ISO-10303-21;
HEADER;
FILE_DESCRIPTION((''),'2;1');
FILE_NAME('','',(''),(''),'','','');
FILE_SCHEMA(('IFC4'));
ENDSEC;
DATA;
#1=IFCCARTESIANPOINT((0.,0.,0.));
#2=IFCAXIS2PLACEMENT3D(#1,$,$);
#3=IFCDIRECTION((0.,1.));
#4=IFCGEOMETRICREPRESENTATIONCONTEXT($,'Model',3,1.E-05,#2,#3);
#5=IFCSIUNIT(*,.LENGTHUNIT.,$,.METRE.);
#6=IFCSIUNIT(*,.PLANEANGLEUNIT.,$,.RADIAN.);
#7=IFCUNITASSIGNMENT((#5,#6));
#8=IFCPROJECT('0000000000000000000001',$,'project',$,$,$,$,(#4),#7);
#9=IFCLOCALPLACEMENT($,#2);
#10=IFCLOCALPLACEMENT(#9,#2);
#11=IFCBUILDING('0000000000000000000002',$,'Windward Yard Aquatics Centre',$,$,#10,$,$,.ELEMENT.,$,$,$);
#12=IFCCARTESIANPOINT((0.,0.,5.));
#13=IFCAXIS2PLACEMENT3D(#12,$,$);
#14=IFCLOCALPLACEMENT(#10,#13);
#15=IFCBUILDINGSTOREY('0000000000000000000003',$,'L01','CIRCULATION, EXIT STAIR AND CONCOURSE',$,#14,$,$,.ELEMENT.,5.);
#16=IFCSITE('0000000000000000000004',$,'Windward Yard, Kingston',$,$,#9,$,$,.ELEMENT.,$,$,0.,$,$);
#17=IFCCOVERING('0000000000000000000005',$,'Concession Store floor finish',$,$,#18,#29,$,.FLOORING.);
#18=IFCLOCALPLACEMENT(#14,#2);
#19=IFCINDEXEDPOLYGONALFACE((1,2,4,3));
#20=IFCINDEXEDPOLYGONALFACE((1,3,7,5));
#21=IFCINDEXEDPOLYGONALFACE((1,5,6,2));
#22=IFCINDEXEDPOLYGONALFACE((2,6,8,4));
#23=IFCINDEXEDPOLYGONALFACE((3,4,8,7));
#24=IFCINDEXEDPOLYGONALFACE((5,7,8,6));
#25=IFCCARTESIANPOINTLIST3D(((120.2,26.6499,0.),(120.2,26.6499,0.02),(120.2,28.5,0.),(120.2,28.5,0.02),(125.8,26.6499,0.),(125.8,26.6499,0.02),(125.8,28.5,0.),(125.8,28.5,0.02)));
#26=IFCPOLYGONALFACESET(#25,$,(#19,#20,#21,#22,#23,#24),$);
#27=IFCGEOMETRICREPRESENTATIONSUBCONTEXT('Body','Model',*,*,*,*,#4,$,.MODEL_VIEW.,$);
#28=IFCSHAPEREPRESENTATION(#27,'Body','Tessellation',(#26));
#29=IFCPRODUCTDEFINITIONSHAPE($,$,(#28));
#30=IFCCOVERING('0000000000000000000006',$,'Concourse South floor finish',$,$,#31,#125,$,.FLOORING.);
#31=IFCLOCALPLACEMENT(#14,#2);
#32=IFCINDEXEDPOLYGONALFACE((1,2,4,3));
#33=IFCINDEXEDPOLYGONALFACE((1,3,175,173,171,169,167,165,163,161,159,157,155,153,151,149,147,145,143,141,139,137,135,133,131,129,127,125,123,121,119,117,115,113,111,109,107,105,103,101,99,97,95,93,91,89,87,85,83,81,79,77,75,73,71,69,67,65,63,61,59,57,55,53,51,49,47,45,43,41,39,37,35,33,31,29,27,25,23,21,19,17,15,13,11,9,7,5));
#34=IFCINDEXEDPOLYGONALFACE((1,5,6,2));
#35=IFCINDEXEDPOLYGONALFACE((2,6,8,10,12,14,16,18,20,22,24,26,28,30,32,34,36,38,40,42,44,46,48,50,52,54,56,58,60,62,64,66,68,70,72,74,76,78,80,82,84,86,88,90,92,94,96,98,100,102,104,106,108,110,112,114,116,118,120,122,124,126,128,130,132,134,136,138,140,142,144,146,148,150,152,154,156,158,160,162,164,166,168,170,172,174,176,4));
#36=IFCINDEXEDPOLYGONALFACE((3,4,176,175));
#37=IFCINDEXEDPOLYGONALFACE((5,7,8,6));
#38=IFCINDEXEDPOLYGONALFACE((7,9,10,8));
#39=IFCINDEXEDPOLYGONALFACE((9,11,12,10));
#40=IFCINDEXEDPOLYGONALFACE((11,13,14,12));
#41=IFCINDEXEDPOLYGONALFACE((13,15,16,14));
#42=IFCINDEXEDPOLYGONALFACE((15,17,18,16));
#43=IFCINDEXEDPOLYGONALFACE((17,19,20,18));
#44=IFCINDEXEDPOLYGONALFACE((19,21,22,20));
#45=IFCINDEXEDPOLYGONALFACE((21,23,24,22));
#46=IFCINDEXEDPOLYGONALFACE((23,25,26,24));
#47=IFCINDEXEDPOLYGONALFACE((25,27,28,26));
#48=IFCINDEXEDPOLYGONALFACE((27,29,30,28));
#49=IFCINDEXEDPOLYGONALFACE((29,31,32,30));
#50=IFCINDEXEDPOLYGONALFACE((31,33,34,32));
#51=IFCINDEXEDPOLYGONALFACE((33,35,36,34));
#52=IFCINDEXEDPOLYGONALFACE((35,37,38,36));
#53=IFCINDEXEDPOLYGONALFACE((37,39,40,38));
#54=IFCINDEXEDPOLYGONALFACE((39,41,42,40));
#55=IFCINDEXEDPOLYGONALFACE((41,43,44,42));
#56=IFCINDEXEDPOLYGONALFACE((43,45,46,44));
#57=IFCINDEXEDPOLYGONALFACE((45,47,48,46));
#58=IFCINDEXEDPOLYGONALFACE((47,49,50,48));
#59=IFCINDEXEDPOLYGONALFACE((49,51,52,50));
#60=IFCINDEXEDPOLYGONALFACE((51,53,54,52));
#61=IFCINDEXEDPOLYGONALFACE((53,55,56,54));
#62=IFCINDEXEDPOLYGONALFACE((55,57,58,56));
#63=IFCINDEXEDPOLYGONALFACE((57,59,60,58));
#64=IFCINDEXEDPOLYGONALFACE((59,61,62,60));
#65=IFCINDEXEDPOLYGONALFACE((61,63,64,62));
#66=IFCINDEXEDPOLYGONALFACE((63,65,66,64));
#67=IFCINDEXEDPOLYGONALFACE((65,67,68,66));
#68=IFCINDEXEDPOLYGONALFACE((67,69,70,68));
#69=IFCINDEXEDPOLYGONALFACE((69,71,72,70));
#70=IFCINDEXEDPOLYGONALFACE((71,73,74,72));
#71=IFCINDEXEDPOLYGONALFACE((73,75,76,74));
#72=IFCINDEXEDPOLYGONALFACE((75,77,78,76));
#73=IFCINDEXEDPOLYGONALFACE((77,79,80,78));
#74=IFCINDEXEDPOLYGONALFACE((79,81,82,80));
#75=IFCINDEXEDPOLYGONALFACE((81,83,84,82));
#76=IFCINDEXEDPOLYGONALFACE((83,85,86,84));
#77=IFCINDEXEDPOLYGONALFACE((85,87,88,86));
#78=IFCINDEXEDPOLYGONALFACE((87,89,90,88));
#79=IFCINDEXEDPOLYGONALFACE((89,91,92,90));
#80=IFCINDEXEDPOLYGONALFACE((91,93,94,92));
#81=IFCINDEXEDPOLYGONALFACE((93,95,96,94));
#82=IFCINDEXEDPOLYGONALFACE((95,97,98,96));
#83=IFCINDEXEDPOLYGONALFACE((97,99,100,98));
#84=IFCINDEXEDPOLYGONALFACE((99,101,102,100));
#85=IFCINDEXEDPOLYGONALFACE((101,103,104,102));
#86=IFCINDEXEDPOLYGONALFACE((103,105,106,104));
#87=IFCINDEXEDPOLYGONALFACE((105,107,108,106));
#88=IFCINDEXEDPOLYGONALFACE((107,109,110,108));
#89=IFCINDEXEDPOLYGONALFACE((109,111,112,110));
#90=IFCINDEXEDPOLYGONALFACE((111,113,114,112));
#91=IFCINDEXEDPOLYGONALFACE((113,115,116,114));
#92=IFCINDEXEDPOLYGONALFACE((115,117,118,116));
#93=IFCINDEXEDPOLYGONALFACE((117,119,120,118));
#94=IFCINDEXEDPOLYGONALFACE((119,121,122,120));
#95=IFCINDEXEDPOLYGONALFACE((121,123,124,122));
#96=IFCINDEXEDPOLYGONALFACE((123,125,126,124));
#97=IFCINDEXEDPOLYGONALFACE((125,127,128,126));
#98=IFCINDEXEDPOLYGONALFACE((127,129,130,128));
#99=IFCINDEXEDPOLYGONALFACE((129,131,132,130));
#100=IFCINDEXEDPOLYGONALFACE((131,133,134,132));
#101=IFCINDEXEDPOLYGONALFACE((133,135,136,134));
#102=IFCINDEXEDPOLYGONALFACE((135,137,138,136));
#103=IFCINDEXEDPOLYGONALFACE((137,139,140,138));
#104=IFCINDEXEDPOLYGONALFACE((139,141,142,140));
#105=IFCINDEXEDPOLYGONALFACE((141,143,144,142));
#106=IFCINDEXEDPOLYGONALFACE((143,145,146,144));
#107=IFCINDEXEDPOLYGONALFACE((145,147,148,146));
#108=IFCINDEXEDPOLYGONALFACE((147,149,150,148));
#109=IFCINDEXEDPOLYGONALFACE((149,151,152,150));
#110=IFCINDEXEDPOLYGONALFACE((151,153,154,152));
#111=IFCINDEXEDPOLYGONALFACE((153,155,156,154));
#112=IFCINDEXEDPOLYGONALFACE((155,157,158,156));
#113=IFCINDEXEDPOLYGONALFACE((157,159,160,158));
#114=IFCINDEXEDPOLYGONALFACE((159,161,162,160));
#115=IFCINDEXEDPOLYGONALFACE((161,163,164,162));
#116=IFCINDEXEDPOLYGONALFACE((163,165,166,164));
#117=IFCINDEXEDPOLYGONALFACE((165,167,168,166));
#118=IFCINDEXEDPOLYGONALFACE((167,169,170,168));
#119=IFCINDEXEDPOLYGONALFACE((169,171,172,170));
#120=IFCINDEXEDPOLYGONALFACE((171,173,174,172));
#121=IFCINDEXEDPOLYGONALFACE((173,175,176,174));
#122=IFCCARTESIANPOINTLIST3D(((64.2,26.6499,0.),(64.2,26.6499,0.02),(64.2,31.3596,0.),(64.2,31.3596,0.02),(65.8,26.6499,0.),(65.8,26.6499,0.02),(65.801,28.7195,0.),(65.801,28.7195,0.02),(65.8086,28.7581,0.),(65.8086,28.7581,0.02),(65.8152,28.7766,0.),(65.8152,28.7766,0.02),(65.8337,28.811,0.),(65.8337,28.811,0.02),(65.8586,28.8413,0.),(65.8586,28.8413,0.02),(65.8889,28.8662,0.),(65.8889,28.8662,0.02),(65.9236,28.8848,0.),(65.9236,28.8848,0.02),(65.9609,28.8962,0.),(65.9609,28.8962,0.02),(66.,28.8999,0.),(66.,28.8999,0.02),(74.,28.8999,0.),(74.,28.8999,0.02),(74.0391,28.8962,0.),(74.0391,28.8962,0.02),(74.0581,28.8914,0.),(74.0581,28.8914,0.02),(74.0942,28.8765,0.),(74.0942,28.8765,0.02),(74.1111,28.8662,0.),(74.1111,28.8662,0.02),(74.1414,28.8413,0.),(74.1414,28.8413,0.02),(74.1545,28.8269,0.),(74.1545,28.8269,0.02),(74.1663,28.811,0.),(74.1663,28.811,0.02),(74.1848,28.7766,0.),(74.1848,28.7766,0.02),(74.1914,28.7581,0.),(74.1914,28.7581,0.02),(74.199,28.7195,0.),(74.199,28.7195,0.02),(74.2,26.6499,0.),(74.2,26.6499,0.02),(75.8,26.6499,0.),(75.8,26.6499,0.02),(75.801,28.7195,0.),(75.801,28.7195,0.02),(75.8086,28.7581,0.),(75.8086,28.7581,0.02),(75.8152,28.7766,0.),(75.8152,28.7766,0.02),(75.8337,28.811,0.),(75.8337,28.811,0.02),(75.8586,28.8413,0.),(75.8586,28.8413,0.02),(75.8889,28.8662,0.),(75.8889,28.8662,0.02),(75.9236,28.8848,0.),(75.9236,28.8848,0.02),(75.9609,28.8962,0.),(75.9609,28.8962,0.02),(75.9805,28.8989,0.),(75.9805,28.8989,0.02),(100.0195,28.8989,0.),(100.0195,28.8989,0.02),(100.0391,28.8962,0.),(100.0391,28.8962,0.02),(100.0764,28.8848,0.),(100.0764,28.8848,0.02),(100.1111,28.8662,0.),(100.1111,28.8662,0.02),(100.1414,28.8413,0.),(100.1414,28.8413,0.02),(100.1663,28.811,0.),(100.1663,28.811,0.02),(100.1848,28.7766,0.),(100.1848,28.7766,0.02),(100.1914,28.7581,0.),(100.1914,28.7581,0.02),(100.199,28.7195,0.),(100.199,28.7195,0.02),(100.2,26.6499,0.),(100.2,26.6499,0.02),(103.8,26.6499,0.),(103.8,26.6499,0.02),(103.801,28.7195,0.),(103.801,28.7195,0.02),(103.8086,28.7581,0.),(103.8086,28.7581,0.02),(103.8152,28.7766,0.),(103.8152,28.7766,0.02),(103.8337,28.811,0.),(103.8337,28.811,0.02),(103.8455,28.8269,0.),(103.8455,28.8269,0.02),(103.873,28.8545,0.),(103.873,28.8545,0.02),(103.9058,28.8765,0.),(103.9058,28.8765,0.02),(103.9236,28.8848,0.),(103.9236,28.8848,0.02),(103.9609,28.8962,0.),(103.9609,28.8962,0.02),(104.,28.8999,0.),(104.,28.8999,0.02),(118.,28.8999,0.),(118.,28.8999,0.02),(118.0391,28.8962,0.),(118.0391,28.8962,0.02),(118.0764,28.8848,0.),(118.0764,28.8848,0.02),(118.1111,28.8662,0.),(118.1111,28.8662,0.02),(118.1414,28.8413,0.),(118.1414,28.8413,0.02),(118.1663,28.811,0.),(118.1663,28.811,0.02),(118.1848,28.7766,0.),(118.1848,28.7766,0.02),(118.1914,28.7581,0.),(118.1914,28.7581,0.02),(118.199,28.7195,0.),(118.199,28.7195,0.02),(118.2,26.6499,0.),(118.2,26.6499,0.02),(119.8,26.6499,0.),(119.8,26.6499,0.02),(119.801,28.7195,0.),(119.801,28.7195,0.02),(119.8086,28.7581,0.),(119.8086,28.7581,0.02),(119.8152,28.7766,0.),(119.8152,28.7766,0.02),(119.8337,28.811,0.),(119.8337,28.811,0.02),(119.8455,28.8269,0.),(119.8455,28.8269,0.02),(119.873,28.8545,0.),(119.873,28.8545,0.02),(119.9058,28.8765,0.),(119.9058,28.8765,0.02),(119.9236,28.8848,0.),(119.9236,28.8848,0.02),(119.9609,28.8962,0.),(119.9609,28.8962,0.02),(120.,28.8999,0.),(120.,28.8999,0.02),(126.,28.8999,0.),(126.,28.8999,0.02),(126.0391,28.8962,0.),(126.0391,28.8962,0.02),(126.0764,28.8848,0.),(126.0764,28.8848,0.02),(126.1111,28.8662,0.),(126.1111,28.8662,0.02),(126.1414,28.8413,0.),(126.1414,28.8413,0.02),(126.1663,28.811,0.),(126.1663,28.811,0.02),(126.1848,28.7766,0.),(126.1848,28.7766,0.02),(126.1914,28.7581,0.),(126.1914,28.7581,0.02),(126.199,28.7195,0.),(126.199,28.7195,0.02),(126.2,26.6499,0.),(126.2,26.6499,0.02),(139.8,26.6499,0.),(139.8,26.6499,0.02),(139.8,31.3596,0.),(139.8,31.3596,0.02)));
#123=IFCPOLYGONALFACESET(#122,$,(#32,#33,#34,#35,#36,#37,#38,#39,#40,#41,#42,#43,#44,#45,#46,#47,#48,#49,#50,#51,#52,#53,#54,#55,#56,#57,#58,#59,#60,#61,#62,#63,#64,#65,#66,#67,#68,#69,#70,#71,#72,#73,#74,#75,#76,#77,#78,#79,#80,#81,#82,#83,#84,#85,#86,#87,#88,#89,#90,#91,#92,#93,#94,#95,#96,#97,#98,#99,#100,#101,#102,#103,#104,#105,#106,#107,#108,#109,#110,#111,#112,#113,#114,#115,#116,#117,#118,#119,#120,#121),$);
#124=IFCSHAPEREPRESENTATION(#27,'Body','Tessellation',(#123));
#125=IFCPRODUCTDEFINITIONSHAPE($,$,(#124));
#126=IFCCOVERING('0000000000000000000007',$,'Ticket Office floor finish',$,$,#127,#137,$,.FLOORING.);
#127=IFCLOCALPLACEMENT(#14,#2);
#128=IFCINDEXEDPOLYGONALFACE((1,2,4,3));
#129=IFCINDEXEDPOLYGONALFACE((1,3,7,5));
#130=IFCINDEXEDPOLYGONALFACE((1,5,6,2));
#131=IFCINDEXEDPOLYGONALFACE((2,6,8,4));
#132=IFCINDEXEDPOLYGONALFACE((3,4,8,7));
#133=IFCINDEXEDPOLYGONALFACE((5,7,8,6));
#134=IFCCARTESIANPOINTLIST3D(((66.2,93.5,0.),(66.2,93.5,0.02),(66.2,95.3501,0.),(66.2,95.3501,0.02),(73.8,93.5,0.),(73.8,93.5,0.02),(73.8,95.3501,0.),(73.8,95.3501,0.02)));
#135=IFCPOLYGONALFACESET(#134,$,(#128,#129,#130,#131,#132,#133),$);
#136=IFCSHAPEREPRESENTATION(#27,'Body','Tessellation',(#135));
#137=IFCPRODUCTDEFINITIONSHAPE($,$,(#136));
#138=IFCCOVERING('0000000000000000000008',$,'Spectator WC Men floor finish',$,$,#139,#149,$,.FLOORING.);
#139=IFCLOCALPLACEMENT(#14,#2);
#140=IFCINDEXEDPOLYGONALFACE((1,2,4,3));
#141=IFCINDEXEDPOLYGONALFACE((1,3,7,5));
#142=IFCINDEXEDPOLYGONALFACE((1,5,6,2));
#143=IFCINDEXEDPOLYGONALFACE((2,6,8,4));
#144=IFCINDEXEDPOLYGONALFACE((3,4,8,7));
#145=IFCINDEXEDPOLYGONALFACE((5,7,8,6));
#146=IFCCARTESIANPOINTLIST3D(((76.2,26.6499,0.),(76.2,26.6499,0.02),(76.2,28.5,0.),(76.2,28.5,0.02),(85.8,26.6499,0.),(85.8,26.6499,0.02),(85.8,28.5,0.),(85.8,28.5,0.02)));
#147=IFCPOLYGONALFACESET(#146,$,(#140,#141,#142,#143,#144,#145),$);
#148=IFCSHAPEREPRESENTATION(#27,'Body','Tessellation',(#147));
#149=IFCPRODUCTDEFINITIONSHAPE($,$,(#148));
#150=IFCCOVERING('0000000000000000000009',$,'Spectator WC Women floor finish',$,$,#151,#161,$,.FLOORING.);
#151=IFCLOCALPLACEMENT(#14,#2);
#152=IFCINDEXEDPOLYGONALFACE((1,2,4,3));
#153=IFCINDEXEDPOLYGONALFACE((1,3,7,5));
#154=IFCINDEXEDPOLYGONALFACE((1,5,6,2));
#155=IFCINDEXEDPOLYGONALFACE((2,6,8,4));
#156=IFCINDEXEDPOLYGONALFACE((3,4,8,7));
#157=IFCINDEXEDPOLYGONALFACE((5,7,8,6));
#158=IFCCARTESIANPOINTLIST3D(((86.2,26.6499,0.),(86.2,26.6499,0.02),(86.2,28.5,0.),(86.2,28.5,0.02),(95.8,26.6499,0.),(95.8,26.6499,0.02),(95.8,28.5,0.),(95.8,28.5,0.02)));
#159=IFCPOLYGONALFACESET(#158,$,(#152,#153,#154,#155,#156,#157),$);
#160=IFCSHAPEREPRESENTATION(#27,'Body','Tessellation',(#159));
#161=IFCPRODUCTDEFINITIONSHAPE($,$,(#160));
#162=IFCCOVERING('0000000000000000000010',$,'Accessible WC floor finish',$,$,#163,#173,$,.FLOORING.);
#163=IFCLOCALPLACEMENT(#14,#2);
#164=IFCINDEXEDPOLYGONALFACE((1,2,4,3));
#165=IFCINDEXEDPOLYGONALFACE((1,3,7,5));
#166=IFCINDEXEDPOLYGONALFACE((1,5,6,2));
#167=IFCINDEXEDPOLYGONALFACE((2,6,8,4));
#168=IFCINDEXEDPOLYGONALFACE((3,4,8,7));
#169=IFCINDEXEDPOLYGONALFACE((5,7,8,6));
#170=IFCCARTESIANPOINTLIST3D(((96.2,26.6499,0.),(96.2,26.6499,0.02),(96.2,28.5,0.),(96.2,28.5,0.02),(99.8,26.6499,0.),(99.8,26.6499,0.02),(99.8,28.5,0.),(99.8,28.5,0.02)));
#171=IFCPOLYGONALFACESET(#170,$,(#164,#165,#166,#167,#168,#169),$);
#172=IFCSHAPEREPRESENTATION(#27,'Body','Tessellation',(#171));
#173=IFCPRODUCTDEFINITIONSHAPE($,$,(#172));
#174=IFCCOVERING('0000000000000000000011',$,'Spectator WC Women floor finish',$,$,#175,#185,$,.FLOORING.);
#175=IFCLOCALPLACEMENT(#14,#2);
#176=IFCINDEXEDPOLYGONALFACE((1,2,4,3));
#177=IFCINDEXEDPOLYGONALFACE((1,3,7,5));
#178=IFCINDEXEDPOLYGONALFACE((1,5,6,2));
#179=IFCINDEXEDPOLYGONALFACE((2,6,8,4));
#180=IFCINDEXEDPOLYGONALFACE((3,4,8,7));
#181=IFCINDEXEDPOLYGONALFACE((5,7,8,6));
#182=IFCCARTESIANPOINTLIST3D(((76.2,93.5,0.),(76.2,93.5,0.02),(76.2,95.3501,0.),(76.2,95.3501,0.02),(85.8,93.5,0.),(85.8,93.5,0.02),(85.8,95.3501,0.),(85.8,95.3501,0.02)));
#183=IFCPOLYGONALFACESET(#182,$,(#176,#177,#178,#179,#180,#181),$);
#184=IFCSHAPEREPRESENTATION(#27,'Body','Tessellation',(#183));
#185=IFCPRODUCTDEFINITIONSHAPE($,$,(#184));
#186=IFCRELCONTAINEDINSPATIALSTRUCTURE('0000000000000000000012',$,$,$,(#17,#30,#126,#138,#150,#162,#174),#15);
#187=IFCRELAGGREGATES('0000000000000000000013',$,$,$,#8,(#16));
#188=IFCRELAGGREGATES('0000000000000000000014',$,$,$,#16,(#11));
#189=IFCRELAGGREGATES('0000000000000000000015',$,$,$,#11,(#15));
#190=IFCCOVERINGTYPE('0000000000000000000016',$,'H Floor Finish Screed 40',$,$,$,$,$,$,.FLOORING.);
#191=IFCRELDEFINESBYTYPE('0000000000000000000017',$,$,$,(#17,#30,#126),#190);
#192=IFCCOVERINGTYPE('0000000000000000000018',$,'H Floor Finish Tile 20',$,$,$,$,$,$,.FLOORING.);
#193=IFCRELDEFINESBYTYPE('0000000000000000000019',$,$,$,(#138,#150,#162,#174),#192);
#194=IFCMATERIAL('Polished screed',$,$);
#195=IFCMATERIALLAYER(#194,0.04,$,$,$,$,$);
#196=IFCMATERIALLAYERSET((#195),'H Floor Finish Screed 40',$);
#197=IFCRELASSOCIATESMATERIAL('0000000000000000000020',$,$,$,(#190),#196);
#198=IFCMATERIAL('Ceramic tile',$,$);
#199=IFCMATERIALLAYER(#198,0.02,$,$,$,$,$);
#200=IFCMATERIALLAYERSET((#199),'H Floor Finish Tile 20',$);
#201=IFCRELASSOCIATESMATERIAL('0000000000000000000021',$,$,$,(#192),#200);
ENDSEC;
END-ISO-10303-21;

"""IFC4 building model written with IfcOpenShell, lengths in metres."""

from ifc_helpers import new_model, si_unit, direction, frame, origin, place, context, subcontext, project, spatial, polyline, outline, extrude, material, layer, layer_set, type_object, element, save


model = new_model("IFC4")

# Units and contexts
model_context = context("Model", 3, precision=1e-05, world=origin(), true_north=direction((0.0, 1.0)))
body_context = subcontext(model_context, "Body", "Model", "MODEL_VIEW")
ifc_project = project(units=[si_unit("LENGTHUNIT", "METRE"), si_unit("PLANEANGLEUNIT", "RADIAN")], contexts=[model_context])

# Site, building, storey
site_placement = place(None, origin())
site = spatial("IfcSite", under=ifc_project, at=site_placement, Name="Windward Yard, Kingston", CompositionType="ELEMENT", RefElevation=0.0)
building_placement = place(site_placement, origin())
building = spatial("IfcBuilding", under=site, at=building_placement, Name="Windward Yard Aquatics Centre", CompositionType="ELEMENT")
storey_placement = place(building_placement, frame((0.0, 0.0, 5.0)))
storey = spatial("IfcBuildingStorey", under=building, at=storey_placement, Name="L01", Description="CIRCULATION, EXIT STAIR AND CONCOURSE", CompositionType="ELEMENT", Elevation=5.0)

# Coverings
ifc_material_1 = material(Name="Polished screed")
ifc_layer_1 = layer(ifc_material_1, 0.04)
ifc_layer_set_1 = layer_set([ifc_layer_1], Name="H Floor Finish Screed 40")
covering_type_1 = type_object("IfcCoveringType", Name="H Floor Finish Screed 40", PredefinedType="FLOORING", material=ifc_layer_set_1)
covering_1_placement = place(storey_placement, origin())
element("IfcCovering", 1, at=covering_1_placement, inside=storey, type_object=covering_type_1, Name="Concession Store floor finish", PredefinedType="FLOORING", context=body_context, shape_type="SweptSolid", body=[
    extrude(outline(polyline([(120.2, 26.6499), (120.2, 28.5), (125.8, 28.5), (125.8, 26.6499), (120.2, 26.6499)])), origin(), (0.0, 0.0, 1.0), 0.02),
])
covering_2_placement = place(storey_placement, origin())
element("IfcCovering", 2, at=covering_2_placement, inside=storey, type_object=covering_type_1, Name="Concourse South floor finish", PredefinedType="FLOORING", context=body_context, shape_type="SweptSolid", body=[
    extrude(outline(polyline([(64.2, 26.6499), (64.2, 31.3596), (139.8, 31.3596), (139.8, 26.6499), (126.2, 26.6499), (126.199, 28.7195), (126.1914, 28.7581), (126.1848, 28.7766), (126.1663, 28.811), (126.1414, 28.8413), (126.1111, 28.8662), (126.0764, 28.8848), (126.0391, 28.8962), (126.0, 28.8999), (120.0, 28.8999), (119.9609, 28.8962), (119.9236, 28.8848), (119.9058, 28.8765), (119.873, 28.8545), (119.8455, 28.8269), (119.8337, 28.811), (119.8152, 28.7766), (119.8086, 28.7581), (119.801, 28.7195), (119.8, 26.6499), (118.2, 26.6499), (118.199, 28.7195), (118.1914, 28.7581), (118.1848, 28.7766), (118.1663, 28.811), (118.1414, 28.8413), (118.1111, 28.8662), (118.0764, 28.8848), (118.0391, 28.8962), (118.0, 28.8999), (104.0, 28.8999), (103.9609, 28.8962), (103.9236, 28.8848), (103.9058, 28.8765), (103.873, 28.8545), (103.8455, 28.8269), (103.8337, 28.811), (103.8152, 28.7766), (103.8086, 28.7581), (103.801, 28.7195), (103.8, 26.6499), (100.2, 26.6499), (100.199, 28.7195), (100.1914, 28.7581), (100.1848, 28.7766), (100.1663, 28.811), (100.1414, 28.8413), (100.1111, 28.8662), (100.0764, 28.8848), (100.0391, 28.8962), (100.0195, 28.8989), (75.9805, 28.8989), (75.9609, 28.8962), (75.9236, 28.8848), (75.8889, 28.8662), (75.8586, 28.8413), (75.8337, 28.811), (75.8152, 28.7766), (75.8086, 28.7581), (75.801, 28.7195), (75.8, 26.6499), (74.2, 26.6499), (74.199, 28.7195), (74.1914, 28.7581), (74.1848, 28.7766), (74.1663, 28.811), (74.1545, 28.8269), (74.1414, 28.8413), (74.1111, 28.8662), (74.0942, 28.8765), (74.0581, 28.8914), (74.0391, 28.8962), (74.0, 28.8999), (66.0, 28.8999), (65.9609, 28.8962), (65.9236, 28.8848), (65.8889, 28.8662), (65.8586, 28.8413), (65.8337, 28.811), (65.8152, 28.7766), (65.8086, 28.7581), (65.801, 28.7195), (65.8, 26.6499), (64.2, 26.6499)])), origin(), (0.0, 0.0, 1.0), 0.02),
])
covering_3_placement = place(storey_placement, origin())
element("IfcCovering", 3, at=covering_3_placement, inside=storey, type_object=covering_type_1, Name="Ticket Office floor finish", PredefinedType="FLOORING", context=body_context, shape_type="SweptSolid", body=[
    extrude(outline(polyline([(66.2, 93.5), (66.2, 95.3501), (73.8, 95.3501), (73.8, 93.5), (66.2, 93.5)])), origin(), (0.0, 0.0, 1.0), 0.02),
])
ifc_material_2 = material(Name="Ceramic tile")
ifc_layer_2 = layer(ifc_material_2, 0.02)
ifc_layer_set_2 = layer_set([ifc_layer_2], Name="H Floor Finish Tile 20")
covering_type_2 = type_object("IfcCoveringType", Name="H Floor Finish Tile 20", PredefinedType="FLOORING", material=ifc_layer_set_2)
covering_4_placement = place(storey_placement, origin())
element("IfcCovering", 4, at=covering_4_placement, inside=storey, type_object=covering_type_2, Name="Spectator WC Men floor finish", PredefinedType="FLOORING", context=body_context, shape_type="SweptSolid", body=[
    extrude(outline(polyline([(76.2, 26.6499), (76.2, 28.5), (85.8, 28.5), (85.8, 26.6499), (76.2, 26.6499)])), origin(), (0.0, 0.0, 1.0), 0.02),
])
covering_5_placement = place(storey_placement, origin())
element("IfcCovering", 5, at=covering_5_placement, inside=storey, type_object=covering_type_2, Name="Spectator WC Women floor finish", PredefinedType="FLOORING", context=body_context, shape_type="SweptSolid", body=[
    extrude(outline(polyline([(86.2, 26.6499), (86.2, 28.5), (95.8, 28.5), (95.8, 26.6499), (86.2, 26.6499)])), origin(), (0.0, 0.0, 1.0), 0.02),
])
covering_6_placement = place(storey_placement, origin())
element("IfcCovering", 6, at=covering_6_placement, inside=storey, type_object=covering_type_2, Name="Accessible WC floor finish", PredefinedType="FLOORING", context=body_context, shape_type="SweptSolid", body=[
    extrude(outline(polyline([(96.2, 26.6499), (96.2, 28.5), (99.8, 28.5), (99.8, 26.6499), (96.2, 26.6499)])), origin(), (0.0, 0.0, 1.0), 0.02),
])
covering_7_placement = place(storey_placement, origin())
element("IfcCovering", 7, at=covering_7_placement, inside=storey, type_object=covering_type_2, Name="Spectator WC Women floor finish", PredefinedType="FLOORING", context=body_context, shape_type="SweptSolid", body=[
    extrude(outline(polyline([(76.2, 93.5), (76.2, 95.3501), (85.8, 95.3501), (85.8, 93.5), (76.2, 93.5)])), origin(), (0.0, 0.0, 1.0), 0.02),
])

save(model, "model.ifc")
